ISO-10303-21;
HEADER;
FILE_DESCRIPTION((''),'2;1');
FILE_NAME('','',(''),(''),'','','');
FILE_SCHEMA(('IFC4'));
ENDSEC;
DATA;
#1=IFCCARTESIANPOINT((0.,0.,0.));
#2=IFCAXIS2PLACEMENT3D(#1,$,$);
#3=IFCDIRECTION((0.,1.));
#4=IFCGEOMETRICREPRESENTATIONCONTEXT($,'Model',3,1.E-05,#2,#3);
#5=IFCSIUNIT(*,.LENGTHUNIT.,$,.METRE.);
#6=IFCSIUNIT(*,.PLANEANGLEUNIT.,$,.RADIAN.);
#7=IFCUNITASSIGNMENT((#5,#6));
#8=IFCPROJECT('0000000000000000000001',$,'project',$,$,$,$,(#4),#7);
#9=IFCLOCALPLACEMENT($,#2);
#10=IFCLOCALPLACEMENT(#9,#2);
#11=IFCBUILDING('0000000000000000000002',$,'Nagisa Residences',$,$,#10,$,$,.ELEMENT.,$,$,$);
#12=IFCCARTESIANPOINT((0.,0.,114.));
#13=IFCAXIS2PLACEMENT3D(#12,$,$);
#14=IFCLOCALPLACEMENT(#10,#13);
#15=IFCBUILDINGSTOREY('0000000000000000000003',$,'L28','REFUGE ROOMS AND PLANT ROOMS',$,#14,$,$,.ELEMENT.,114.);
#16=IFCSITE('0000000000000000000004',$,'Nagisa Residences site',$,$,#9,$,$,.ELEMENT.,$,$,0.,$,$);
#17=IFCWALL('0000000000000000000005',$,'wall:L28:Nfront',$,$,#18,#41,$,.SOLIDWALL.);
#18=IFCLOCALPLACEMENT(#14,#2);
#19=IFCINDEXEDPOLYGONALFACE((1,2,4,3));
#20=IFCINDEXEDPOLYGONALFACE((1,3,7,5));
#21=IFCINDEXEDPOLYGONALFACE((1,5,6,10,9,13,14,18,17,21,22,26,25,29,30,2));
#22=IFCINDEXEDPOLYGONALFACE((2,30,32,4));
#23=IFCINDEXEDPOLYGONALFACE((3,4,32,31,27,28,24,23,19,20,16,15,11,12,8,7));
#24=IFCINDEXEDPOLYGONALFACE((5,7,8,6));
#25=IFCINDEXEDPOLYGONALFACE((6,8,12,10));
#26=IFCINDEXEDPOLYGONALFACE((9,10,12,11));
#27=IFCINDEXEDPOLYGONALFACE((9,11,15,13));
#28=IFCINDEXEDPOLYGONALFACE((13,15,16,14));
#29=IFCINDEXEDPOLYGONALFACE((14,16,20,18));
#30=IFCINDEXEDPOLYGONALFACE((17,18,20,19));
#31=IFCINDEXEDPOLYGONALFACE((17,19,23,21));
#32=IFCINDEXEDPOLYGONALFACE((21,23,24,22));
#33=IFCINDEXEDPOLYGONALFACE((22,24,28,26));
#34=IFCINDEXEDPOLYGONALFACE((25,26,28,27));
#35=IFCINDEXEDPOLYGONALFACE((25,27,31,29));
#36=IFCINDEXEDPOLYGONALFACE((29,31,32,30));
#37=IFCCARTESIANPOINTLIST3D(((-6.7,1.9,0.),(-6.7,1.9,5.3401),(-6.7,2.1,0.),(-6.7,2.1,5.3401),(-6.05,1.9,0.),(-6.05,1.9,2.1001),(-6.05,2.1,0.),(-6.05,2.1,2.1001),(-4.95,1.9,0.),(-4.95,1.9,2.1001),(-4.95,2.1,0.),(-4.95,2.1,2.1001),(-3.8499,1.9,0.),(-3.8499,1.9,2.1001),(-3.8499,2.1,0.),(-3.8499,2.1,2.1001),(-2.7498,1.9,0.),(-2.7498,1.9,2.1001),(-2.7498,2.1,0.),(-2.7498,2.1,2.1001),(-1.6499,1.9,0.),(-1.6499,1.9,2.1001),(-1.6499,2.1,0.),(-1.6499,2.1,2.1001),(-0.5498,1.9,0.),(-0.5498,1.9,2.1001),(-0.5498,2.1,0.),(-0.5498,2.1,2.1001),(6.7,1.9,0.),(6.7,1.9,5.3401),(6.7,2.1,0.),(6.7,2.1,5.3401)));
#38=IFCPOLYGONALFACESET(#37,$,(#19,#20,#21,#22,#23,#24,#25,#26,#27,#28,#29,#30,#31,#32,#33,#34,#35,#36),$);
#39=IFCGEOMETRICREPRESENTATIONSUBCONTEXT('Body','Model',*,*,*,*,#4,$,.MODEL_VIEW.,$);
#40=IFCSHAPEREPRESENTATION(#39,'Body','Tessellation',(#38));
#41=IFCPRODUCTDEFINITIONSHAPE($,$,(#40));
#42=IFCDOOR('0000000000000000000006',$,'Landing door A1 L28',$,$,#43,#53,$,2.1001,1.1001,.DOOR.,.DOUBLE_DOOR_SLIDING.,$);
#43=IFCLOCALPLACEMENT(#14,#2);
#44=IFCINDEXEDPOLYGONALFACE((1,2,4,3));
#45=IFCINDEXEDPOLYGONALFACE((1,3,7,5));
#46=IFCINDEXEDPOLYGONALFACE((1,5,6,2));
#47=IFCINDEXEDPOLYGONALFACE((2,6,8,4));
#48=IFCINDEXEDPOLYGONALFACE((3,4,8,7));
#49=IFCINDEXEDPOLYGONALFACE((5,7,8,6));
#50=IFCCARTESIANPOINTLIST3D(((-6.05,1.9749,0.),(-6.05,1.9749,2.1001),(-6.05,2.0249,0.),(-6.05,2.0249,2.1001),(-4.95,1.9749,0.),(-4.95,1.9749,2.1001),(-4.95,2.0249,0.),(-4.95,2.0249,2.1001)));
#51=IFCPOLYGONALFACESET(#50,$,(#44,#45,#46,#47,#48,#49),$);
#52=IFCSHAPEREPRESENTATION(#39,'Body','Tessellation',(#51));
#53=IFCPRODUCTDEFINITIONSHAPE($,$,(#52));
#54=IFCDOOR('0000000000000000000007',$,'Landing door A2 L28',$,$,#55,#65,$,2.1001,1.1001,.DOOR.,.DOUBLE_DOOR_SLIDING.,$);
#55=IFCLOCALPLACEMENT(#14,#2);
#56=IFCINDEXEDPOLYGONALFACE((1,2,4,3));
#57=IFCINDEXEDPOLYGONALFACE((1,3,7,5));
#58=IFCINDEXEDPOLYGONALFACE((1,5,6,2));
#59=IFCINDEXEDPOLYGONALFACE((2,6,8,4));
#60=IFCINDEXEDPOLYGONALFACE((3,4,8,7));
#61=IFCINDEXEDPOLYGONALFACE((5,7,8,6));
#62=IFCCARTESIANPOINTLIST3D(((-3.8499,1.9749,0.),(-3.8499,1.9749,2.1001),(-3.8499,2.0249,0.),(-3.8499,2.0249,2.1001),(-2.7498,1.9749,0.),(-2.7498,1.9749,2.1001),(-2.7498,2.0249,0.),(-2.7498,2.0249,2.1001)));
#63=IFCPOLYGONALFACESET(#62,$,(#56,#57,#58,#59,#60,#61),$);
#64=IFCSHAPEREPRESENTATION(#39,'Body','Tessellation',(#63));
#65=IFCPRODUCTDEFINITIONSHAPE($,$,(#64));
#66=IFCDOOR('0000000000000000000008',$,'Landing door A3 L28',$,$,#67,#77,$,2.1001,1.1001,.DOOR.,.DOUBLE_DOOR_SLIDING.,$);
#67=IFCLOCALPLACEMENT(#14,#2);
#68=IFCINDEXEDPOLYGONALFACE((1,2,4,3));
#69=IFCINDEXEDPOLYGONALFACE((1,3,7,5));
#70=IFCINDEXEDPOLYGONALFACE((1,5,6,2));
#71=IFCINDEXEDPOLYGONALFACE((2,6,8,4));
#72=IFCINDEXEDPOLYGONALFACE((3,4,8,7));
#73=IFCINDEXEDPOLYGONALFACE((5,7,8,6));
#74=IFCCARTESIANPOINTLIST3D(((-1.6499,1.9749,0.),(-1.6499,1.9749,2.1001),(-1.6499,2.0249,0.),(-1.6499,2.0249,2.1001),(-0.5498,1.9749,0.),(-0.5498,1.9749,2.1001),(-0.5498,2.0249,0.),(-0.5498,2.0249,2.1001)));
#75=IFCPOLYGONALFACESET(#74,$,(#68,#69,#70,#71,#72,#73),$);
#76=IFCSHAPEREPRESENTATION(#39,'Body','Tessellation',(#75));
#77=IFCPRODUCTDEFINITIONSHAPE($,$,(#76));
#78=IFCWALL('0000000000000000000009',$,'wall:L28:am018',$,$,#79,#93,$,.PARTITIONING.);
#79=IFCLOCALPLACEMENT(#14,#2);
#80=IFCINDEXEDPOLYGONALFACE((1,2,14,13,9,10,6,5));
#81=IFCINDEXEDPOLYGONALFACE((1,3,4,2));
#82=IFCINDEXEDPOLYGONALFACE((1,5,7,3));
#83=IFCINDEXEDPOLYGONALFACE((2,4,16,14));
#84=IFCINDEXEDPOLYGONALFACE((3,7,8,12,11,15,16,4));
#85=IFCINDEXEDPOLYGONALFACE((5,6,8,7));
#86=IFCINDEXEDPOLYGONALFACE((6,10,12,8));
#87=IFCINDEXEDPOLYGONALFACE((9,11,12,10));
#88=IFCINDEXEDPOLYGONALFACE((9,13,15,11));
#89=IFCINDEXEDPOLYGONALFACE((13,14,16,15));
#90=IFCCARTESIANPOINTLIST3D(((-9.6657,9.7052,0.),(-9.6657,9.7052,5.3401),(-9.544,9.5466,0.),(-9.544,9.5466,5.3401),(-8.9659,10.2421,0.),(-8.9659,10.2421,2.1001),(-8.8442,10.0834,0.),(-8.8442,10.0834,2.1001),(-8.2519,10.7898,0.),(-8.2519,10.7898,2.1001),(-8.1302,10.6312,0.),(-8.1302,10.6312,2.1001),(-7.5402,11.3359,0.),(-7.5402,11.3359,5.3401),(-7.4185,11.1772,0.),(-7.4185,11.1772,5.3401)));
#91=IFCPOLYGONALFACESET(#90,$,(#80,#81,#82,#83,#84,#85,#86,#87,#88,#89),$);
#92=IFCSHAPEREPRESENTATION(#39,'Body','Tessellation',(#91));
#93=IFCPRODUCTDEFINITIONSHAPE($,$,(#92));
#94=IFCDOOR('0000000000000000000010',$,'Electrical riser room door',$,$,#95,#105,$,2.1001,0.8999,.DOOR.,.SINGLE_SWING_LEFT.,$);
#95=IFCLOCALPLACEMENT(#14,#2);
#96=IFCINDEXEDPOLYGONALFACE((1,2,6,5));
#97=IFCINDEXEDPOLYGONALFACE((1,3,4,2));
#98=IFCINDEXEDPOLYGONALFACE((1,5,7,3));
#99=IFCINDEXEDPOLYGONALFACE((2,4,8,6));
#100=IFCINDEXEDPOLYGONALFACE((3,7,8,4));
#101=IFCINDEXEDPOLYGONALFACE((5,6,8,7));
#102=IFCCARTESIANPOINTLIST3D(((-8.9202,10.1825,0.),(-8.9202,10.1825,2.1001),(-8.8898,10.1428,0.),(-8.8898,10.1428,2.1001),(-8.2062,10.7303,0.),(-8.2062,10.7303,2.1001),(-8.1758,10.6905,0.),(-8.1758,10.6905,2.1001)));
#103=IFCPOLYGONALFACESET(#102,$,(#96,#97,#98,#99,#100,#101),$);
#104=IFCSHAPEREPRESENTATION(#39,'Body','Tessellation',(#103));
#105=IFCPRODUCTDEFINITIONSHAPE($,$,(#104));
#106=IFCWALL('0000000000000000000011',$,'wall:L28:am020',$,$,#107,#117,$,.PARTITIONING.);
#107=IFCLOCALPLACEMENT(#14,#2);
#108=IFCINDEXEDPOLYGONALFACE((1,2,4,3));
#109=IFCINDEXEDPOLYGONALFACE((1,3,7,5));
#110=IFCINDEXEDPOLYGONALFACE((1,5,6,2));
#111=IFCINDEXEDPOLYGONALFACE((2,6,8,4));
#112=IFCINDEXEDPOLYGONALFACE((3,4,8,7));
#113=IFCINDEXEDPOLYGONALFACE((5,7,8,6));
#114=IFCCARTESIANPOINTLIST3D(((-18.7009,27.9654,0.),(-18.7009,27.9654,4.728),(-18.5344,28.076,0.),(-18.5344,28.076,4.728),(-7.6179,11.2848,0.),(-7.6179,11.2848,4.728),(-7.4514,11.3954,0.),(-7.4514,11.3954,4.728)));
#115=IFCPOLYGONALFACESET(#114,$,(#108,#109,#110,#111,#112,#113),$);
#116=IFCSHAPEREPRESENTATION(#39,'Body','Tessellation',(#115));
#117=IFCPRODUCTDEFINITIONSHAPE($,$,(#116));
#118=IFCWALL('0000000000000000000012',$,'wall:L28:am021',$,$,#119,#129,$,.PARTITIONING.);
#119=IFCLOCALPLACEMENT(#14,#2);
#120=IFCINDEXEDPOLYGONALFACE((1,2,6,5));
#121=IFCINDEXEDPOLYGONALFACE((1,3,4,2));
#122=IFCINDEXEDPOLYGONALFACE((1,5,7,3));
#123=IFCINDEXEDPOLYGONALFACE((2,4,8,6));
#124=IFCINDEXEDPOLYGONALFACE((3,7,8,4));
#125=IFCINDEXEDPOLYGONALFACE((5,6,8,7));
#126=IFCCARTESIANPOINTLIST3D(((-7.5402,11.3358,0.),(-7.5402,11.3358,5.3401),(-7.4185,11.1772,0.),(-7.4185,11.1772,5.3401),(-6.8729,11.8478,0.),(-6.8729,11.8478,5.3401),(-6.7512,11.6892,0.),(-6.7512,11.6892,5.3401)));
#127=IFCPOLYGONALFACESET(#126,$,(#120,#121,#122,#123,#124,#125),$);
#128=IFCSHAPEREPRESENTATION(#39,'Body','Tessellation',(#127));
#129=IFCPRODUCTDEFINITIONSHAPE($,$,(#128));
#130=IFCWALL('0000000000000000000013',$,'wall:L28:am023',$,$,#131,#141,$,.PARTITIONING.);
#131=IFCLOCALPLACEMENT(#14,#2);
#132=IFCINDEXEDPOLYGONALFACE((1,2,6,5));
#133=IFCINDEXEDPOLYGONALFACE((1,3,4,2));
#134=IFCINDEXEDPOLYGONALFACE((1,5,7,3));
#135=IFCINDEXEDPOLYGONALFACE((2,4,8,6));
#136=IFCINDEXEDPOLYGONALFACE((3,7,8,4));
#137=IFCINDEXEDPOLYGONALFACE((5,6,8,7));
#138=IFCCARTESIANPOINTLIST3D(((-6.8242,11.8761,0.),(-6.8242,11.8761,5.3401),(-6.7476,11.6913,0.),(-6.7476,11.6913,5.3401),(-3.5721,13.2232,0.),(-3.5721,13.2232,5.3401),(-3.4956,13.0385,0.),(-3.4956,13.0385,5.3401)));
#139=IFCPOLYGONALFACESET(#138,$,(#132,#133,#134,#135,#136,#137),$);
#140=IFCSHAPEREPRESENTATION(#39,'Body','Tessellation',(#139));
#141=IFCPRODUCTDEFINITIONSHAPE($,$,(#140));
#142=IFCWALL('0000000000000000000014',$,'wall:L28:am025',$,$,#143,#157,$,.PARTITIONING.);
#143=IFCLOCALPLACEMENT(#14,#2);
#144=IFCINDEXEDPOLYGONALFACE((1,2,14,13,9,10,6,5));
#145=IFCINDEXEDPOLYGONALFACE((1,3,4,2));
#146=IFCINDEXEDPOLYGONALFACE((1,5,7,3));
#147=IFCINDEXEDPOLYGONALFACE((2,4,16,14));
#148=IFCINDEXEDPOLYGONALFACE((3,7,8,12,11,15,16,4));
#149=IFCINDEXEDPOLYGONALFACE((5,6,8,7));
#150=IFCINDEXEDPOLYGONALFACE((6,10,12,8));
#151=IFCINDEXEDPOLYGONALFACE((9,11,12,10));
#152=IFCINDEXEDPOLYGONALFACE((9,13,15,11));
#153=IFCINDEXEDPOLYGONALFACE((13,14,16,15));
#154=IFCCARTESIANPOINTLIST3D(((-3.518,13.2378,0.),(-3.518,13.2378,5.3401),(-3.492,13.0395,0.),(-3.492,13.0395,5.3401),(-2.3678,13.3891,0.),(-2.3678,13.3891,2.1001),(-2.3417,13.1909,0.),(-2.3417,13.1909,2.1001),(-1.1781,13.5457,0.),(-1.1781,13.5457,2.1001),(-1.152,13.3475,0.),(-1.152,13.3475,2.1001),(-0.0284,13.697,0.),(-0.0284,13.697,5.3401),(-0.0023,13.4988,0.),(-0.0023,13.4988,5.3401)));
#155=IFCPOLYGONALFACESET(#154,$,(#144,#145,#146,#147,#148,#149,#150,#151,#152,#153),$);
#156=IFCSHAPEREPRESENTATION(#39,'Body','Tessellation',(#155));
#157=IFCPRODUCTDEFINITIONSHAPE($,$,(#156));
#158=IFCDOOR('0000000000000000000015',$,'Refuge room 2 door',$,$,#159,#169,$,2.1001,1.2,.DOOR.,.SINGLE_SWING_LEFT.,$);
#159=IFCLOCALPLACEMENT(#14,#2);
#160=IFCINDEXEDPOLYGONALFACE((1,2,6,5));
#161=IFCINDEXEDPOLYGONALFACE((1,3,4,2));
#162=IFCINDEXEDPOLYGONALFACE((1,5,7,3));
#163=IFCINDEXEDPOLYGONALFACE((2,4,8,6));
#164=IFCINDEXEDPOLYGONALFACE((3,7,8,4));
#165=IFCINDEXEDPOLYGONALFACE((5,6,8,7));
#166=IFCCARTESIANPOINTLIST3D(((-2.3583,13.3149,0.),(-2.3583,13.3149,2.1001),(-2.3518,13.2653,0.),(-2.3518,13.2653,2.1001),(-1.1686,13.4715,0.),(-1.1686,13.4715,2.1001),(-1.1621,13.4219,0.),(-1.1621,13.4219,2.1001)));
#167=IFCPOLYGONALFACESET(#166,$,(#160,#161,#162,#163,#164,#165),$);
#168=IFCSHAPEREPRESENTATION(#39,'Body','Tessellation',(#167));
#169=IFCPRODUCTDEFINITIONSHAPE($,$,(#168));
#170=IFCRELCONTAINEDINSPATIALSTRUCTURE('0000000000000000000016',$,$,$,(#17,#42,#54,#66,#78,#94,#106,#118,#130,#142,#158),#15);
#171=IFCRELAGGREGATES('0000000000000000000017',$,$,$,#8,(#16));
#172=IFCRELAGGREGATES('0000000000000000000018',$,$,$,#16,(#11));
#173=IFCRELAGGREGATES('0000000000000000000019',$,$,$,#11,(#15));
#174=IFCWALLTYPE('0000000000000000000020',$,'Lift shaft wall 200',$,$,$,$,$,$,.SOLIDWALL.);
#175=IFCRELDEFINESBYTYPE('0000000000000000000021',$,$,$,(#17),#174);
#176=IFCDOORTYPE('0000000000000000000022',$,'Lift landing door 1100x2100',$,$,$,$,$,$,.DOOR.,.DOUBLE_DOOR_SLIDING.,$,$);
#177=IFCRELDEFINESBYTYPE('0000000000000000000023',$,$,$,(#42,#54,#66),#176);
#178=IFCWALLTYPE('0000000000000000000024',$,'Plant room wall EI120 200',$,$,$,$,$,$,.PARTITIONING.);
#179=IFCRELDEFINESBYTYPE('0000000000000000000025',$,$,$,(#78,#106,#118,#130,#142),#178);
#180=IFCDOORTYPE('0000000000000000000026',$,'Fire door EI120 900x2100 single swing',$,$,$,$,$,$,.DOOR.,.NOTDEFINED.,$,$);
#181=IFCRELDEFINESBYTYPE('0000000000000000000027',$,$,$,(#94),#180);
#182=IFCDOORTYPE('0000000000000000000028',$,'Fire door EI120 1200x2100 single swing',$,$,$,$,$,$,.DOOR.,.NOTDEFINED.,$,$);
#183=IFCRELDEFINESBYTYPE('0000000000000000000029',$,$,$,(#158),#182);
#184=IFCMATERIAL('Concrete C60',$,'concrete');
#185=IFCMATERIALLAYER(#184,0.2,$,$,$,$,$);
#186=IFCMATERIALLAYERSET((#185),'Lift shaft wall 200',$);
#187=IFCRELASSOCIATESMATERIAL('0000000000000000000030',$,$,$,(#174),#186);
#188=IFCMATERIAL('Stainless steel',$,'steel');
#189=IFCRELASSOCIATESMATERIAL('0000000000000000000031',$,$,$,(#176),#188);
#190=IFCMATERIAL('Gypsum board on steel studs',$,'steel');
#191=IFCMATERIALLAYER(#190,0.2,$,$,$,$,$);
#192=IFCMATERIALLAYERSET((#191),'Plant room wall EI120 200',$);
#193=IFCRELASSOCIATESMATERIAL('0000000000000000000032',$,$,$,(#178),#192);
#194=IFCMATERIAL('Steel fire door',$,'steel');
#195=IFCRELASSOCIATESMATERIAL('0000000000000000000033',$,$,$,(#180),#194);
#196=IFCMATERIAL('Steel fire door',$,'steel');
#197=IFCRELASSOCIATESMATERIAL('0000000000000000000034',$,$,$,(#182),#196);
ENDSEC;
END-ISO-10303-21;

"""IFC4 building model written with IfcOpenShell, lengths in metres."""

from ifc_helpers import new_model, si_unit, direction, frame, frame_2d, origin, place, context, subcontext, project, spatial, rectangle, extrude, material, layer, layer_set, type_object, element, fill, save


model = new_model("IFC4")

# Units and contexts
model_context = context("Model", 3, precision=1e-05, world=origin(), true_north=direction((0.0, 1.0)))
body_context = subcontext(model_context, "Body", "Model", "MODEL_VIEW")
ifc_project = project(units=[si_unit("LENGTHUNIT", "METRE"), si_unit("PLANEANGLEUNIT", "RADIAN")], contexts=[model_context])

# Site, building, storey
site_placement = place(None, origin())
site = spatial("IfcSite", under=ifc_project, at=site_placement, Name="Nagisa Residences site", CompositionType="ELEMENT", RefElevation=0.0)
building_placement = place(site_placement, origin())
building = spatial("IfcBuilding", under=site, at=building_placement, Name="Nagisa Residences", CompositionType="ELEMENT")
storey_placement = place(building_placement, frame((0.0, 0.0, 114.0)))
storey = spatial("IfcBuildingStorey", under=building, at=storey_placement, Name="L28", Description="REFUGE ROOMS AND PLANT ROOMS", CompositionType="ELEMENT", Elevation=114.0)

# Shared definitions
ifc_material_1 = material(Name="Concrete C60", Category="concrete")
ifc_layer_1 = layer(ifc_material_1, 0.2)
ifc_layer_set_1 = layer_set([ifc_layer_1], Name="Lift shaft wall 200")
wall_type_1 = type_object("IfcWallType", Name="Lift shaft wall 200", PredefinedType="SOLIDWALL", material=ifc_layer_set_1)
ifc_material_2 = material(Name="Stainless steel", Category="steel")
door_type_1 = type_object("IfcDoorType", Name="Lift landing door 1100x2100", OperationType="DOUBLE_DOOR_SLIDING", PredefinedType="DOOR", material=ifc_material_2)

# Wall, openings, doors
wall_1_placement = place(storey_placement, frame((-6.7, 2.0, 0.0), z_axis=(0.0, 0.0, 1.0), x_axis=(1.0, 0.0, 0.0)))
wall_1 = element("IfcWall", 1, at=wall_1_placement, inside=storey, type_object=wall_type_1, Name="wall:L28:Nfront", PredefinedType="SOLIDWALL", context=body_context, shape_type="SweptSolid", body=[
    extrude(rectangle(XDim=13.3999, YDim=0.2, at=frame_2d((6.7, 0.0))), origin(), (0.0, 0.0, 1.0), 5.3401),
])
opening_1_placement = place(wall_1_placement, frame((0.6499, 0.0, 0.0)))
opening_1 = element("IfcOpeningElement", 2, at=opening_1_placement, cuts=wall_1, PredefinedType="OPENING", context=body_context, shape_type="SweptSolid", body=[
    extrude(rectangle(XDim=1.1001, YDim=2.1001, at=frame_2d((0.55, 1.05))), frame((0.0, 0.1099, 0.0), z_axis=(0.0, -1.0, 0.0), x_axis=(1.0, 0.0, 0.0)), (0.0, 0.0, 1.0), 0.22),
])
opening_2_placement = place(wall_1_placement, frame((2.8501, 0.0, 0.0)))
opening_2 = element("IfcOpeningElement", 3, at=opening_2_placement, cuts=wall_1, PredefinedType="OPENING", context=body_context, shape_type="SweptSolid", body=[
    extrude(rectangle(XDim=1.1001, YDim=2.1001, at=frame_2d((0.55, 1.05))), frame((0.0, 0.1099, 0.0), z_axis=(0.0, -1.0, 0.0), x_axis=(1.0, 0.0, 0.0)), (0.0, 0.0, 1.0), 0.22),
])
opening_3_placement = place(wall_1_placement, frame((5.05, 0.0, 0.0)))
opening_3 = element("IfcOpeningElement", 4, at=opening_3_placement, cuts=wall_1, PredefinedType="OPENING", context=body_context, shape_type="SweptSolid", body=[
    extrude(rectangle(XDim=1.1001, YDim=2.1001, at=frame_2d((0.55, 1.05))), frame((0.0, 0.1099, 0.0), z_axis=(0.0, -1.0, 0.0), x_axis=(1.0, 0.0, 0.0)), (0.0, 0.0, 1.0), 0.22),
])
door_1_placement = place(opening_1_placement, origin())
door_1 = element("IfcDoor", 5, at=door_1_placement, inside=storey, type_object=door_type_1, Name="Landing door A1 L28", OperationType="DOUBLE_DOOR_SLIDING", OverallHeight=2.1001, OverallWidth=1.1001, PredefinedType="DOOR", context=body_context, shape_type="SweptSolid", body=[
    extrude(rectangle(XDim=1.1001, YDim=2.1001, at=frame_2d((0.55, 1.05))), frame((0.0, 0.0249, 0.0), z_axis=(0.0, -1.0, 0.0), x_axis=(1.0, 0.0, 0.0)), (0.0, 0.0, 1.0), 0.05),
])
fill(opening_1, door_1)
door_2_placement = place(opening_2_placement, origin())
door_2 = element("IfcDoor", 6, at=door_2_placement, inside=storey, type_object=door_type_1, Name="Landing door A2 L28", OperationType="DOUBLE_DOOR_SLIDING", OverallHeight=2.1001, OverallWidth=1.1001, PredefinedType="DOOR", context=body_context, shape_type="SweptSolid", body=[
    extrude(rectangle(XDim=1.1001, YDim=2.1001, at=frame_2d((0.55, 1.05))), frame((0.0, 0.0249, 0.0), z_axis=(0.0, -1.0, 0.0), x_axis=(1.0, 0.0, 0.0)), (0.0, 0.0, 1.0), 0.05),
])
fill(opening_2, door_2)
door_3_placement = place(opening_3_placement, origin())
door_3 = element("IfcDoor", 7, at=door_3_placement, inside=storey, type_object=door_type_1, Name="Landing door A3 L28", OperationType="DOUBLE_DOOR_SLIDING", OverallHeight=2.1001, OverallWidth=1.1001, PredefinedType="DOOR", context=body_context, shape_type="SweptSolid", body=[
    extrude(rectangle(XDim=1.1001, YDim=2.1001, at=frame_2d((0.55, 1.05))), frame((0.0, 0.0249, 0.0), z_axis=(0.0, -1.0, 0.0), x_axis=(1.0, 0.0, 0.0)), (0.0, 0.0, 1.0), 0.05),
])
fill(opening_3, door_3)

# Wall, opening, door
ifc_material_3 = material(Name="Gypsum board on steel studs", Category="steel")
ifc_layer_2 = layer(ifc_material_3, 0.2)
ifc_layer_set_2 = layer_set([ifc_layer_2], Name="Plant room wall EI120 200")
wall_type_2 = type_object("IfcWallType", Name="Plant room wall EI120 200", PredefinedType="PARTITIONING", material=ifc_layer_set_2)
wall_2_placement = place(storey_placement, frame((-9.6047, 9.626, 0.0), z_axis=(0.0, 0.0, 1.0), x_axis=(0.793413, 0.608684, 0.0)))
wall_2 = element("IfcWall", 8, at=wall_2_placement, inside=storey, type_object=wall_type_2, Name="wall:L28:am018", PredefinedType="PARTITIONING", context=body_context, shape_type="SweptSolid", body=[
    extrude(rectangle(XDim=2.679, YDim=0.2, at=frame_2d((1.3394, 0.0))), origin(), (0.0, 0.0, 1.0), 5.3401),
])
opening_4_placement = place(wall_2_placement, frame((0.8818, 0.0, 0.0)))
opening_4 = element("IfcOpeningElement", 9, at=opening_4_placement, cuts=wall_2, PredefinedType="OPENING", context=body_context, shape_type="SweptSolid", body=[
    extrude(rectangle(XDim=0.8999, YDim=2.1001, at=frame_2d((0.45, 1.05))), frame((0.0, 0.1099, 0.0), z_axis=(0.0, -1.0, 0.0), x_axis=(1.0, 0.0, 0.0)), (0.0, 0.0, 1.0), 0.22),
])
ifc_material_4 = material(Name="Steel fire door", Category="steel")
door_type_2 = type_object("IfcDoorType", Name="Fire door EI120 900x2100 single swing", OperationType="NOTDEFINED", PredefinedType="DOOR", material=ifc_material_4)
door_4_placement = place(opening_4_placement, origin())
door_4 = element("IfcDoor", 10, at=door_4_placement, inside=storey, type_object=door_type_2, Name="Electrical riser room door", OperationType="SINGLE_SWING_LEFT", OverallHeight=2.1001, OverallWidth=0.8999, PredefinedType="DOOR", context=body_context, shape_type="SweptSolid", body=[
    extrude(rectangle(XDim=0.8999, YDim=2.1001, at=frame_2d((0.45, 1.05))), frame((0.0, 0.0249, 0.0), z_axis=(0.0, -1.0, 0.0), x_axis=(1.0, 0.0, 0.0)), (0.0, 0.0, 1.0), 0.05),
])
fill(opening_4, door_4)

# Walls
wall_3_placement = place(storey_placement, frame((-7.5347, 11.3401, 0.0), z_axis=(0.0, 0.0, 1.0), x_axis=(-0.553405, 0.832912, 0.0)))
element("IfcWall", 11, at=wall_3_placement, inside=storey, type_object=wall_type_2, Name="wall:L28:am020", PredefinedType="PARTITIONING", context=body_context, shape_type="SweptSolid", body=[
    extrude(rectangle(XDim=20.0269, YDim=0.2, at=frame_2d((10.0134, 0.0))), origin(), (0.0, 0.0, 1.0), 4.728),
])
wall_4_placement = place(storey_placement, frame((-7.4792, 11.2566, 0.0), z_axis=(0.0, 0.0, 1.0), x_axis=(0.793368, 0.608742, 0.0)))
element("IfcWall", 12, at=wall_4_placement, inside=storey, type_object=wall_type_2, Name="wall:L28:am021", PredefinedType="PARTITIONING", context=body_context, shape_type="SweptSolid", body=[
    extrude(rectangle(XDim=0.8411, YDim=0.2, at=frame_2d((0.4204, 0.0))), origin(), (0.0, 0.0, 1.0), 5.3401),
])
wall_5_placement = place(storey_placement, frame((-6.7859, 11.7837, 0.0), z_axis=(0.0, 0.0, 1.0), x_axis=(0.923863, 0.382723, 0.0)))
element("IfcWall", 13, at=wall_5_placement, inside=storey, type_object=wall_type_2, Name="wall:L28:am023", PredefinedType="PARTITIONING", context=body_context, shape_type="SweptSolid", body=[
    extrude(rectangle(XDim=3.52, YDim=0.2, at=frame_2d((1.76, 0.0))), origin(), (0.0, 0.0, 1.0), 5.3401),
])

# Wall, opening, door
wall_6_placement = place(storey_placement, frame((-3.5049, 13.1387, 0.0), z_axis=(0.0, 0.0, 1.0), x_axis=(0.991452, 0.130469, 0.0)))
wall_6 = element("IfcWall", 14, at=wall_6_placement, inside=storey, type_object=wall_type_2, Name="wall:L28:am025", PredefinedType="PARTITIONING", context=body_context, shape_type="SweptSolid", body=[
    extrude(rectangle(XDim=3.5198, YDim=0.2, at=frame_2d((1.7598, 0.0))), origin(), (0.0, 0.0, 1.0), 5.3401),
])
opening_5_placement = place(wall_6_placement, frame((1.1599, 0.0, 0.0)))
opening_5 = element("IfcOpeningElement", 15, at=opening_5_placement, cuts=wall_6, PredefinedType="OPENING", context=body_context, shape_type="SweptSolid", body=[
    extrude(rectangle(XDim=1.2, YDim=2.1001, at=frame_2d((0.6001, 1.05))), frame((0.0, 0.1099, 0.0), z_axis=(0.0, -1.0, 0.0), x_axis=(1.0, 0.0, 0.0)), (0.0, 0.0, 1.0), 0.22),
])
ifc_material_5 = material(Name="Steel fire door", Category="steel")
door_type_3 = type_object("IfcDoorType", Name="Fire door EI120 1200x2100 single swing", OperationType="NOTDEFINED", PredefinedType="DOOR", material=ifc_material_5)
door_5_placement = place(opening_5_placement, frame((1.2, 0.0, 0.0), x_axis=(-1.0, 0.0, 0.0)))
door_5 = element("IfcDoor", 16, at=door_5_placement, inside=storey, type_object=door_type_3, Name="Refuge room 2 door", OperationType="SINGLE_SWING_LEFT", OverallHeight=2.1001, OverallWidth=1.2, PredefinedType="DOOR", context=body_context, shape_type="SweptSolid", body=[
    extrude(rectangle(XDim=1.2, YDim=2.1001, at=frame_2d((0.6001, 1.05))), frame((0.0, 0.0249, 0.0), z_axis=(0.0, -1.0, 0.0), x_axis=(1.0, 0.0, 0.0)), (0.0, 0.0, 1.0), 0.05),
])
fill(opening_5, door_5)

save(model, "model.ifc")
